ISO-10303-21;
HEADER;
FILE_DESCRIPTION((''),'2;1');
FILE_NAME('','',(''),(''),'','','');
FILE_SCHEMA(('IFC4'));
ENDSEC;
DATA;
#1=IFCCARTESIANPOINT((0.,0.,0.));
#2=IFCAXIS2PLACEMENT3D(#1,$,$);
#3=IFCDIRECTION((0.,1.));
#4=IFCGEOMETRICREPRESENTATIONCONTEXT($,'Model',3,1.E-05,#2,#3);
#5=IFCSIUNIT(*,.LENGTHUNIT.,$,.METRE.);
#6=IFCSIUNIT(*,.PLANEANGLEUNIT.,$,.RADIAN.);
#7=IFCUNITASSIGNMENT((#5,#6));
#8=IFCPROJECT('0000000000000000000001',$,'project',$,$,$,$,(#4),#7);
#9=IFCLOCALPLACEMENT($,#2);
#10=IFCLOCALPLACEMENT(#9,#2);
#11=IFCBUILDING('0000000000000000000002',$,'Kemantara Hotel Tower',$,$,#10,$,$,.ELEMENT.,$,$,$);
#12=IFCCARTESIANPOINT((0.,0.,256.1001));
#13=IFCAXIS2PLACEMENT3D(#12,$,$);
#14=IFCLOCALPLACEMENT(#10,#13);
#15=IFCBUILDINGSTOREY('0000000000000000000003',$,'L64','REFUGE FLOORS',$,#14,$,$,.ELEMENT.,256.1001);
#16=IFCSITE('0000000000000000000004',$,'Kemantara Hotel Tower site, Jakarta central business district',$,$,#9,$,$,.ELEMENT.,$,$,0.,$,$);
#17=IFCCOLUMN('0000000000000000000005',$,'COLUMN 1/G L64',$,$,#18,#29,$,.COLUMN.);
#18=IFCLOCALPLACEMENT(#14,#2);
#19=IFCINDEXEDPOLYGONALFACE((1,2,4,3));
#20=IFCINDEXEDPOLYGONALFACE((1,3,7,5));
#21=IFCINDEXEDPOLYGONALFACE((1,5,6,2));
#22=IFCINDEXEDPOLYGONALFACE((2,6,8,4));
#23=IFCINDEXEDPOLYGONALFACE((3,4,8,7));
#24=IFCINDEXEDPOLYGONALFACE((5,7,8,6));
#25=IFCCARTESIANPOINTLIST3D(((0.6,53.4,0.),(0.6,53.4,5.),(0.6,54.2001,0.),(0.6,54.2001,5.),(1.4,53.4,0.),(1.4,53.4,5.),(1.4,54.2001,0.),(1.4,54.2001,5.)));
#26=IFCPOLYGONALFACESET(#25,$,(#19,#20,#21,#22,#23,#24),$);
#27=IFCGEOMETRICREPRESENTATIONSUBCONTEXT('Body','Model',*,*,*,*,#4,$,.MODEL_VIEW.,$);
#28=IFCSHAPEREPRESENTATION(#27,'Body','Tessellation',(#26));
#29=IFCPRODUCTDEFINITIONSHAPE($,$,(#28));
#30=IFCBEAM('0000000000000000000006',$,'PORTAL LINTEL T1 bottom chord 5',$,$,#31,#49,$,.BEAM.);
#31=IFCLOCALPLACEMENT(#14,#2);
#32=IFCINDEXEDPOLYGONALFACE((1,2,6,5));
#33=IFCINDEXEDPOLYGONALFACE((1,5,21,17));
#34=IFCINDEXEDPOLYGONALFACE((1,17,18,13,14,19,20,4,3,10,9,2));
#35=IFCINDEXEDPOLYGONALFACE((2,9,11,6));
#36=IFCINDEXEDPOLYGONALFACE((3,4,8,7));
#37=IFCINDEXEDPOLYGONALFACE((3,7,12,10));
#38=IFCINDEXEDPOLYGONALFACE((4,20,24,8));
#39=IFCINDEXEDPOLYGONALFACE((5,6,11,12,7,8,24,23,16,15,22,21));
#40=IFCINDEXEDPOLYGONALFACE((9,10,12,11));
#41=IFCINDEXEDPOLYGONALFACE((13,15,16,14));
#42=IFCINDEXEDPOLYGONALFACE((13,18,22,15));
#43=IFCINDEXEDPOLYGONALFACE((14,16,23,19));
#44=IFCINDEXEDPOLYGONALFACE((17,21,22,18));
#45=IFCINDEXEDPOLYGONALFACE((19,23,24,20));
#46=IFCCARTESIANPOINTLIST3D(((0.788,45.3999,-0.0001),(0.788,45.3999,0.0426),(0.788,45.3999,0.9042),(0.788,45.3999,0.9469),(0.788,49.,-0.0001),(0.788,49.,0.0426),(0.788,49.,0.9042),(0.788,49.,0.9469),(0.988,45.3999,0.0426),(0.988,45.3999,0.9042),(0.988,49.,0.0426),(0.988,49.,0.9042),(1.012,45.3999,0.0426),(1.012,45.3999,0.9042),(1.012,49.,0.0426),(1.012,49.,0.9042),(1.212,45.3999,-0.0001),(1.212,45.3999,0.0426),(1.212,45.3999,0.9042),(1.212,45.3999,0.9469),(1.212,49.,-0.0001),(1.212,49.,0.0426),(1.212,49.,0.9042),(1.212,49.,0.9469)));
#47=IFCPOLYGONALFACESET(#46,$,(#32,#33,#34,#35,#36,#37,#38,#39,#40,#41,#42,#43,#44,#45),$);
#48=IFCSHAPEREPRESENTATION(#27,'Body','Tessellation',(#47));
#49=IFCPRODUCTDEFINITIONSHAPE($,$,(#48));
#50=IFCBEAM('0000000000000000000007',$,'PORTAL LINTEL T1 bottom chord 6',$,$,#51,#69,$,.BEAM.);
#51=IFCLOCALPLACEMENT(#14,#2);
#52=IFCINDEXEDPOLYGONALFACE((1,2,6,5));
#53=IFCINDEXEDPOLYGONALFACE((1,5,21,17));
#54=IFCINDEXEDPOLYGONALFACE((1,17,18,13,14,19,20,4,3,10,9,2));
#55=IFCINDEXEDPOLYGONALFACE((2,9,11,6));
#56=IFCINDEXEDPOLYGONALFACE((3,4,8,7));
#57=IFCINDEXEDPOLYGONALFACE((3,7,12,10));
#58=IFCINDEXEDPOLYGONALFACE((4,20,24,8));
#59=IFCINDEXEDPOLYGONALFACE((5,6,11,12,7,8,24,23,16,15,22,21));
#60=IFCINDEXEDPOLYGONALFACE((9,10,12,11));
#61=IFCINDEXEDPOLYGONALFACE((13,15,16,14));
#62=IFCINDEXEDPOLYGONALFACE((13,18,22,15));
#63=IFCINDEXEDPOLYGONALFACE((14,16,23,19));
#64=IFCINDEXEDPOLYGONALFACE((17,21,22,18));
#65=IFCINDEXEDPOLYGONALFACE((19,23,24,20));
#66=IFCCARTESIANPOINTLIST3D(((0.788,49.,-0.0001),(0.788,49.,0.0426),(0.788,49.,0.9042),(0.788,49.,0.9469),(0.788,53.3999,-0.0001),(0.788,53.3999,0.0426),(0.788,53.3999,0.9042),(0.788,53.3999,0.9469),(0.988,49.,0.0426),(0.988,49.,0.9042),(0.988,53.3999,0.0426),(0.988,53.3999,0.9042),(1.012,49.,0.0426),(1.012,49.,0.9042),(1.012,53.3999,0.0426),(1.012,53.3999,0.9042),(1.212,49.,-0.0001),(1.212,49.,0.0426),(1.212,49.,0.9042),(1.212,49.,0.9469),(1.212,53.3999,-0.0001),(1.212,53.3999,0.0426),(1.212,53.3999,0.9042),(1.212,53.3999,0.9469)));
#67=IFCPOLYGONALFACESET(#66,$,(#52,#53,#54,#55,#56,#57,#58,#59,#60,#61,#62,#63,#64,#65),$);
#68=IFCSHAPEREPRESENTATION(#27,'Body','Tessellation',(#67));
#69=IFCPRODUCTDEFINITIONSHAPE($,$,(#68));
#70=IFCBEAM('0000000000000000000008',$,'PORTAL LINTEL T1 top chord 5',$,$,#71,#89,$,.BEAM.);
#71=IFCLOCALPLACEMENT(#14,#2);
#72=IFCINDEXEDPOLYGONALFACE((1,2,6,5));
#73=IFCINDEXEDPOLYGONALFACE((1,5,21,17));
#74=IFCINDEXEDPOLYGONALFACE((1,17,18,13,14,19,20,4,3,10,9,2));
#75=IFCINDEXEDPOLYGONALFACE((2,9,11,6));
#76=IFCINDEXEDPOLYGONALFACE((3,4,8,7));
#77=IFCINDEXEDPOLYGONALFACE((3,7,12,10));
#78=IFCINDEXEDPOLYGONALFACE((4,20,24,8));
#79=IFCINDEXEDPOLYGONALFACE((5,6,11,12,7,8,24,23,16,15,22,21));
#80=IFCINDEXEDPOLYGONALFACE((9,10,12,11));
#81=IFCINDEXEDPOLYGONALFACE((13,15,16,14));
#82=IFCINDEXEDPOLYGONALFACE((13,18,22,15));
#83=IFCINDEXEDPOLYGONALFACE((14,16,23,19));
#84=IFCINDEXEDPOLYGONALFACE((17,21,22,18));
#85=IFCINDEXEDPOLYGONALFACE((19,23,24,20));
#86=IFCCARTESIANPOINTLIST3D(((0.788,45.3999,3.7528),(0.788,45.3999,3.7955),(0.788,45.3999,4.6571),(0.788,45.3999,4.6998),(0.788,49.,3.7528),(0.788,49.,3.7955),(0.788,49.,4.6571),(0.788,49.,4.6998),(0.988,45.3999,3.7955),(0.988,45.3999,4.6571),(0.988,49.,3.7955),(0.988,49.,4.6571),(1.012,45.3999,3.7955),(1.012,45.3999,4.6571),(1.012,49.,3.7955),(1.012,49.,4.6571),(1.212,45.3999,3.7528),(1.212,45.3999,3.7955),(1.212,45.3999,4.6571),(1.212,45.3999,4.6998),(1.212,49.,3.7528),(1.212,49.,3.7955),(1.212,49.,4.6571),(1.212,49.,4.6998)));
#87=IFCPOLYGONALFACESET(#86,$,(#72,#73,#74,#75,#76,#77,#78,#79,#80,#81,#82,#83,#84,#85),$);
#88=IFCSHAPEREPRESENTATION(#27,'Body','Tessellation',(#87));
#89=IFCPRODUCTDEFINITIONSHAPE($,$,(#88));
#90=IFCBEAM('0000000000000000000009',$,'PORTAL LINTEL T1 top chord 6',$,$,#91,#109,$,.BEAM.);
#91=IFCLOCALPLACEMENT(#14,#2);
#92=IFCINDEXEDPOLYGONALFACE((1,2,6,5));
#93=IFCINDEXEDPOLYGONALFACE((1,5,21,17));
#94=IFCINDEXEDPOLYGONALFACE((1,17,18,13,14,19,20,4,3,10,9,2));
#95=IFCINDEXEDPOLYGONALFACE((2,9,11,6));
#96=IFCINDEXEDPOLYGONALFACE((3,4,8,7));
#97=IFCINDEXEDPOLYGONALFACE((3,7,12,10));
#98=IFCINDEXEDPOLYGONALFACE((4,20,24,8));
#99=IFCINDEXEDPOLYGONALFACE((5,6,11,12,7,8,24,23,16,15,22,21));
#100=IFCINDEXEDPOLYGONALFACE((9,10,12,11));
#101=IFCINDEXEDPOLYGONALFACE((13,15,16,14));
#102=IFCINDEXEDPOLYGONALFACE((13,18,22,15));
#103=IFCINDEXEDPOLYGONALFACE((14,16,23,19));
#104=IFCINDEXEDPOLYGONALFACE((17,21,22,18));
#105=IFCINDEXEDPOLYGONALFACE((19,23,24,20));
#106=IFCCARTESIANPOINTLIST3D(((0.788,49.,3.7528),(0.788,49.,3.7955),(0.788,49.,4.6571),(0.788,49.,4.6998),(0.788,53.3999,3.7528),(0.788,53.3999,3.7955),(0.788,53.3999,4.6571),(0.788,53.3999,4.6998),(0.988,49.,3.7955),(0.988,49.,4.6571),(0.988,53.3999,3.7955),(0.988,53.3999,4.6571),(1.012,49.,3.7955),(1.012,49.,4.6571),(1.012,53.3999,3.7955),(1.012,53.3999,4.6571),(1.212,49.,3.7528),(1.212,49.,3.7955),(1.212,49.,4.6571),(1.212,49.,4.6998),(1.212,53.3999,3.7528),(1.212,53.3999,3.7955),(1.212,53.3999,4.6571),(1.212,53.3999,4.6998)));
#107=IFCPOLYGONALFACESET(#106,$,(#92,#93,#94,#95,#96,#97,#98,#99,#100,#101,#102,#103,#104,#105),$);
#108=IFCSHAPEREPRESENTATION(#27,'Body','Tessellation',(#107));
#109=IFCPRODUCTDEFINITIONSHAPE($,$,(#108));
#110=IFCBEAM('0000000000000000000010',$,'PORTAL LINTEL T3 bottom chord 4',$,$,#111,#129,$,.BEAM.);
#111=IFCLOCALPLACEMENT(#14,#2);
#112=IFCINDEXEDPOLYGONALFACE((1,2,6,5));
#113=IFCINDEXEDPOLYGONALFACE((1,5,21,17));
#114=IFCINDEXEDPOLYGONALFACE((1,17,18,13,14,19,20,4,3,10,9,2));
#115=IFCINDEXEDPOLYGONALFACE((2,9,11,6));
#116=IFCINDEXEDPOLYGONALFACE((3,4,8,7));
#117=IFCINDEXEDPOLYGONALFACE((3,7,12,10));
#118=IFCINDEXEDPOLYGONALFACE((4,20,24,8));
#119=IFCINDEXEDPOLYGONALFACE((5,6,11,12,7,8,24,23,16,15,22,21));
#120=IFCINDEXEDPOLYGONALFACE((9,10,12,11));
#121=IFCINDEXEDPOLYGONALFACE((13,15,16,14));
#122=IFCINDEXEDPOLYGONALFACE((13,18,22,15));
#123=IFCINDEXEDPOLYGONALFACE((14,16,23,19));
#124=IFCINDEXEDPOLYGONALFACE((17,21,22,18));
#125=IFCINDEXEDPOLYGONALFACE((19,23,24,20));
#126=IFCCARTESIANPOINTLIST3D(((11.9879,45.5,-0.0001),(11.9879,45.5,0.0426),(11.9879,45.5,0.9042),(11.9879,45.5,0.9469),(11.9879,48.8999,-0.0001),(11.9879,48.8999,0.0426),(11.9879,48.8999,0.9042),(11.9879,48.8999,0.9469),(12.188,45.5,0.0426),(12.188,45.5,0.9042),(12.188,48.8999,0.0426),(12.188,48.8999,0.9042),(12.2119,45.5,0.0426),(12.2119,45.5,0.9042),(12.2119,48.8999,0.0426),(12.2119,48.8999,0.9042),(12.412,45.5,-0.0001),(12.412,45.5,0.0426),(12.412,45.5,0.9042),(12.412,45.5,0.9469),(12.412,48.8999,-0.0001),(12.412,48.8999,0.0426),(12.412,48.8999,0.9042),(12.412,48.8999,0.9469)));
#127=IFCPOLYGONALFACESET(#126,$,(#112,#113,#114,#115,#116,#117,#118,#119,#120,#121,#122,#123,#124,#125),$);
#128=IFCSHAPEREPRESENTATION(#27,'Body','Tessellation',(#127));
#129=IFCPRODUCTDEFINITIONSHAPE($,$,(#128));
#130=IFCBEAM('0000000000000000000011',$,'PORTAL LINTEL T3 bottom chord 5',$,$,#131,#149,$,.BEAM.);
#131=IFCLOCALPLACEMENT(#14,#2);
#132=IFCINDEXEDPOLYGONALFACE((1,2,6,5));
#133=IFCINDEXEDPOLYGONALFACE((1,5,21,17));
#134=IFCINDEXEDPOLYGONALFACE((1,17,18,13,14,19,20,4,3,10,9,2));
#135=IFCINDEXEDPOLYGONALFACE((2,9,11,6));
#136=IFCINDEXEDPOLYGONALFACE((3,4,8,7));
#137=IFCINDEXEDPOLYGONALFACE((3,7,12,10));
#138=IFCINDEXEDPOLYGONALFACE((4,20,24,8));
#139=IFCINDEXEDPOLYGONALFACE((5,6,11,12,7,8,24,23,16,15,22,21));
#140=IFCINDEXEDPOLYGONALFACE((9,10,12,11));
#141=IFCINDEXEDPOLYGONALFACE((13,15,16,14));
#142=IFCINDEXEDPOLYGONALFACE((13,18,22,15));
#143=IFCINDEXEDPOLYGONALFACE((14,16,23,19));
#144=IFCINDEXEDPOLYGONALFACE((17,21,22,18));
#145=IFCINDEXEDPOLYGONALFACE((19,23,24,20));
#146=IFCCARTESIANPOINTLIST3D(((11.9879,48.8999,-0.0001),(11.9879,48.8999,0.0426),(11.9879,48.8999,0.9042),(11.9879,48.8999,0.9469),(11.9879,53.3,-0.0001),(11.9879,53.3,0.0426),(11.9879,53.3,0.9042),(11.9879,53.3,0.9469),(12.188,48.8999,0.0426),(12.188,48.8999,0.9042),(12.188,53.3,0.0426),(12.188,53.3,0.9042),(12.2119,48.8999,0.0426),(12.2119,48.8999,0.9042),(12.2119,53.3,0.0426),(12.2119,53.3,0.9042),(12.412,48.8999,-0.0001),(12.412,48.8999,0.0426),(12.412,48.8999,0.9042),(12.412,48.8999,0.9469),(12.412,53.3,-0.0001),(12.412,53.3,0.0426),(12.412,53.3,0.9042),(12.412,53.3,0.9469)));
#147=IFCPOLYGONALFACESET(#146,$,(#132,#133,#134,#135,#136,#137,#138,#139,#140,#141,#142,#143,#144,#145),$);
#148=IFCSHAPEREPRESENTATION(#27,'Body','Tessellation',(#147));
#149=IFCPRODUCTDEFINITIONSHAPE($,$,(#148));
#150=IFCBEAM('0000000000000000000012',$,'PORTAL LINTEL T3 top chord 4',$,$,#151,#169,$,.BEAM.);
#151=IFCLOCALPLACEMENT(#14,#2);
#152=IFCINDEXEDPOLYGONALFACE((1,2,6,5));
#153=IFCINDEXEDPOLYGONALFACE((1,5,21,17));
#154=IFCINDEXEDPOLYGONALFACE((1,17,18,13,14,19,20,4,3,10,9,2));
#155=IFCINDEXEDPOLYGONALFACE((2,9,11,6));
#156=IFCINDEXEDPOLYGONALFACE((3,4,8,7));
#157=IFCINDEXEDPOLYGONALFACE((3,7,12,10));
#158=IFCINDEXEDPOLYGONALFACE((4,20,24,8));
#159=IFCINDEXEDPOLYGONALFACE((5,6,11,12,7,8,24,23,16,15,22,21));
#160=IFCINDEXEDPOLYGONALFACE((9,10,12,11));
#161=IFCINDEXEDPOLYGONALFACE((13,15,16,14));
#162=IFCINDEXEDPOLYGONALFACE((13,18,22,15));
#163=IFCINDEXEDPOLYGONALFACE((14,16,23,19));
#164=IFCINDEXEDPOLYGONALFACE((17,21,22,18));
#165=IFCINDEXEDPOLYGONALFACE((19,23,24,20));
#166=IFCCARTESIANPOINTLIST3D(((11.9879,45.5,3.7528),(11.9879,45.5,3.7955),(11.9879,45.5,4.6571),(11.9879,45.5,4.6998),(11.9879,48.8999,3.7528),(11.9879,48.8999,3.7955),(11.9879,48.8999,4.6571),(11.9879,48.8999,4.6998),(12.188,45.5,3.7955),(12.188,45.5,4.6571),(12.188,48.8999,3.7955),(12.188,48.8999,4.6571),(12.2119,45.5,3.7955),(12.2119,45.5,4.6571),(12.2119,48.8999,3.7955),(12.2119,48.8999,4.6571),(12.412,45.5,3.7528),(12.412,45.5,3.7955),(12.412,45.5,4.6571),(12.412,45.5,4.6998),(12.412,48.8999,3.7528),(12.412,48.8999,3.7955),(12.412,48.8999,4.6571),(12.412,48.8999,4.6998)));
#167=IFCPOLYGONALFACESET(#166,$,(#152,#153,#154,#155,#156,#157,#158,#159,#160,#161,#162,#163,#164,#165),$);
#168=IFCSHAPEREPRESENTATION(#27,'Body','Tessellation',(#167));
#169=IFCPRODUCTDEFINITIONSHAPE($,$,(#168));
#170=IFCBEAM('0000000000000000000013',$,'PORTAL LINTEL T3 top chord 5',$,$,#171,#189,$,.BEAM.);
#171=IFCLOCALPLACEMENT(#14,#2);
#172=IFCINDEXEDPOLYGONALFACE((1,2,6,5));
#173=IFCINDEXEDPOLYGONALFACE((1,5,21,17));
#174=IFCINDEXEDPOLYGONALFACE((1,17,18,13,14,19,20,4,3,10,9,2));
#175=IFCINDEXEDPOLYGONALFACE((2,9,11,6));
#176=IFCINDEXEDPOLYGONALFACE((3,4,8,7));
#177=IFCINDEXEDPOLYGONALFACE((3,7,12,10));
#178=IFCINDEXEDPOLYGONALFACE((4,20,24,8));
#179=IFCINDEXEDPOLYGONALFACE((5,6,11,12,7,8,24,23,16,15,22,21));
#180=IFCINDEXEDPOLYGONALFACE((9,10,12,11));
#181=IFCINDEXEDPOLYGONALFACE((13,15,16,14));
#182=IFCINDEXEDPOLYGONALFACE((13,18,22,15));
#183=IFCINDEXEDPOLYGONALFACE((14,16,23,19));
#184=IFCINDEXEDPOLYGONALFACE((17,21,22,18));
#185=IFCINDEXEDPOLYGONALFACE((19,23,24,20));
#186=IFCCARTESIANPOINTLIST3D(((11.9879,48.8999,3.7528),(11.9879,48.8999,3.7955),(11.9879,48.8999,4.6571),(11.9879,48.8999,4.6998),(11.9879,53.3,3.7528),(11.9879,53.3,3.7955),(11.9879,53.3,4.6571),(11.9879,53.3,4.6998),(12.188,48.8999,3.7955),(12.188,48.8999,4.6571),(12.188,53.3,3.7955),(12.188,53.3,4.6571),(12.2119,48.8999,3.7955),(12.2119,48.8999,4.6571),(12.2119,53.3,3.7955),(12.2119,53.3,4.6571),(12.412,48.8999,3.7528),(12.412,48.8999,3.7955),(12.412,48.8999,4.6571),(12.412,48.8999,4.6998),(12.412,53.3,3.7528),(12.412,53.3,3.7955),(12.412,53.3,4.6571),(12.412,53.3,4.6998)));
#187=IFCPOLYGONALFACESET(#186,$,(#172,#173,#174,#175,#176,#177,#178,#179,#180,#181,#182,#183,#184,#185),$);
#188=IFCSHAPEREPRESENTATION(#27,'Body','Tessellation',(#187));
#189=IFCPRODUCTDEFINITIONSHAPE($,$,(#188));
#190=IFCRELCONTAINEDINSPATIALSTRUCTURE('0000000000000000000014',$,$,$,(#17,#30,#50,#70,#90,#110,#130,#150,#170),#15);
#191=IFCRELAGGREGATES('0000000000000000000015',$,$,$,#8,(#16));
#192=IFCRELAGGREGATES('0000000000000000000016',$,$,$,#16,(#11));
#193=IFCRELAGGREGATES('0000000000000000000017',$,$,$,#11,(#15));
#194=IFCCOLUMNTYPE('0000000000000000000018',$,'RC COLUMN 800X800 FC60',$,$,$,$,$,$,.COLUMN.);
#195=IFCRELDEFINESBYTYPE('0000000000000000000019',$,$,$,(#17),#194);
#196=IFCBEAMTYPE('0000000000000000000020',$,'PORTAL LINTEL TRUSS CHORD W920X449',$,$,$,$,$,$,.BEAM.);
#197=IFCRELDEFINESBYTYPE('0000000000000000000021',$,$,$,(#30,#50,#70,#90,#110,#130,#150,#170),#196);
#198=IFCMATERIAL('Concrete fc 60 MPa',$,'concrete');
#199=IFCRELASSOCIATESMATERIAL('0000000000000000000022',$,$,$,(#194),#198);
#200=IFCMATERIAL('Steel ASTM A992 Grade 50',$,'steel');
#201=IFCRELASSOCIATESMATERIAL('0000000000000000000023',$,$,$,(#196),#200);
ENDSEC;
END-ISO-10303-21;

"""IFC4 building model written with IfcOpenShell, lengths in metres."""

from ifc_helpers import new_model, si_unit, direction, frame, origin, origin_2d, place, context, subcontext, project, spatial, rectangle, i_section, extrude, material, material_profile, profile_set, type_object, element, save


model = new_model("IFC4")

# Units and contexts
model_context = context("Model", 3, precision=1e-05, world=origin(), true_north=direction((0.0, 1.0)))
body_context = subcontext(model_context, "Body", "Model", "MODEL_VIEW")
ifc_project = project(units=[si_unit("LENGTHUNIT", "METRE"), si_unit("PLANEANGLEUNIT", "RADIAN")], contexts=[model_context])

# Site, building, storey
site_placement = place(None, origin())
site = spatial("IfcSite", under=ifc_project, at=site_placement, Name="Kemantara Hotel Tower site, Jakarta central business district", CompositionType="ELEMENT", RefElevation=0.0)
building_placement = place(site_placement, origin())
building = spatial("IfcBuilding", under=site, at=building_placement, Name="Kemantara Hotel Tower", CompositionType="ELEMENT")
storey_placement = place(building_placement, frame((0.0, 0.0, 256.1001)))
storey = spatial("IfcBuildingStorey", under=building, at=storey_placement, Name="L64", Description="REFUGE FLOORS", CompositionType="ELEMENT", Elevation=256.1001)

# Column
ifc_material_1 = material(Name="Concrete fc 60 MPa", Category="concrete")
ifc_material_profile_1 = material_profile(ifc_material_1, rectangle(XDim=0.8, YDim=0.8, at=origin_2d()), Name="RC 800X800")
ifc_profile_set_1 = profile_set([ifc_material_profile_1], Name="Concrete fc 60 MPa")
column_type = type_object("IfcColumnType", Name="RC COLUMN 800X800 FC60", PredefinedType="COLUMN", material=ifc_profile_set_1)
column_placement = place(storey_placement, frame((1.0, 53.8, 0.0), z_axis=(0.0, 0.0, 1.0), x_axis=(1.0, 0.0, 0.0)))
element("IfcColumn", 1, at=column_placement, inside=storey, type_object=column_type, Name="COLUMN 1/G L64", PredefinedType="COLUMN", context=body_context, shape_type="SweptSolid", body=[
    extrude(rectangle(XDim=0.8, YDim=0.8, at=origin_2d()), origin(), (0.0, 0.0, 1.0), 5.0),
])

# Beams
ifc_material_2 = material(Name="Steel ASTM A992 Grade 50", Category="steel")
ifc_material_profile_2 = material_profile(ifc_material_2, i_section(OverallWidth=0.4241, OverallDepth=0.947, WebThickness=0.0239, FlangeThickness=0.0427, at=origin_2d()), Name="W920X449")
ifc_profile_set_2 = profile_set([ifc_material_profile_2], Name="Steel ASTM A992 Grade 50")
beam_type = type_object("IfcBeamType", Name="PORTAL LINTEL TRUSS CHORD W920X449", PredefinedType="BEAM", material=ifc_profile_set_2)
beam_1_placement = place(storey_placement, frame((1.0, 45.3999, 0.4734), z_axis=(0.0, 1.0, 0.0), x_axis=(-1.0, 0.0, 0.0)))
element("IfcBeam", 2, at=beam_1_placement, inside=storey, type_object=beam_type, Name="PORTAL LINTEL T1 bottom chord 5", PredefinedType="BEAM", context=body_context, shape_type="SweptSolid", body=[
    extrude(i_section(OverallWidth=0.4241, OverallDepth=0.947, WebThickness=0.0239, FlangeThickness=0.0427, at=origin_2d()), origin(), (0.0, 0.0, 1.0), 3.6001),
])
beam_2_placement = place(storey_placement, frame((1.0, 49.0, 0.4734), z_axis=(0.0, 1.0, 0.0), x_axis=(-1.0, 0.0, 0.0)))
element("IfcBeam", 3, at=beam_2_placement, inside=storey, type_object=beam_type, Name="PORTAL LINTEL T1 bottom chord 6", PredefinedType="BEAM", context=body_context, shape_type="SweptSolid", body=[
    extrude(i_section(OverallWidth=0.4241, OverallDepth=0.947, WebThickness=0.0239, FlangeThickness=0.0427, at=origin_2d()), origin(), (0.0, 0.0, 1.0), 4.3999),
])
beam_3_placement = place(storey_placement, frame((1.0, 45.3999, 4.2263), z_axis=(0.0, 1.0, 0.0), x_axis=(-1.0, 0.0, 0.0)))
element("IfcBeam", 4, at=beam_3_placement, inside=storey, type_object=beam_type, Name="PORTAL LINTEL T1 top chord 5", PredefinedType="BEAM", context=body_context, shape_type="SweptSolid", body=[
    extrude(i_section(OverallWidth=0.4241, OverallDepth=0.947, WebThickness=0.0239, FlangeThickness=0.0427, at=origin_2d()), origin(), (0.0, 0.0, 1.0), 3.6001),
])
beam_4_placement = place(storey_placement, frame((1.0, 49.0, 4.2263), z_axis=(0.0, 1.0, 0.0), x_axis=(-1.0, 0.0, 0.0)))
element("IfcBeam", 5, at=beam_4_placement, inside=storey, type_object=beam_type, Name="PORTAL LINTEL T1 top chord 6", PredefinedType="BEAM", context=body_context, shape_type="SweptSolid", body=[
    extrude(i_section(OverallWidth=0.4241, OverallDepth=0.947, WebThickness=0.0239, FlangeThickness=0.0427, at=origin_2d()), origin(), (0.0, 0.0, 1.0), 4.3999),
])
beam_5_placement = place(storey_placement, frame((12.2, 45.5, 0.4734), z_axis=(0.0, 1.0, 0.0), x_axis=(-1.0, 0.0, 0.0)))
element("IfcBeam", 6, at=beam_5_placement, inside=storey, type_object=beam_type, Name="PORTAL LINTEL T3 bottom chord 4", PredefinedType="BEAM", context=body_context, shape_type="SweptSolid", body=[
    extrude(i_section(OverallWidth=0.4241, OverallDepth=0.947, WebThickness=0.0239, FlangeThickness=0.0427, at=origin_2d()), origin(), (0.0, 0.0, 1.0), 3.3999),
])
beam_6_placement = place(storey_placement, frame((12.2, 48.8999, 0.4734), z_axis=(0.0, 1.0, 0.0), x_axis=(-1.0, 0.0, 0.0)))
element("IfcBeam", 7, at=beam_6_placement, inside=storey, type_object=beam_type, Name="PORTAL LINTEL T3 bottom chord 5", PredefinedType="BEAM", context=body_context, shape_type="SweptSolid", body=[
    extrude(i_section(OverallWidth=0.4241, OverallDepth=0.947, WebThickness=0.0239, FlangeThickness=0.0427, at=origin_2d()), origin(), (0.0, 0.0, 1.0), 4.4001),
])
beam_7_placement = place(storey_placement, frame((12.2, 45.5, 4.2263), z_axis=(0.0, 1.0, 0.0), x_axis=(-1.0, 0.0, 0.0)))
element("IfcBeam", 8, at=beam_7_placement, inside=storey, type_object=beam_type, Name="PORTAL LINTEL T3 top chord 4", PredefinedType="BEAM", context=body_context, shape_type="SweptSolid", body=[
    extrude(i_section(OverallWidth=0.4241, OverallDepth=0.947, WebThickness=0.0239, FlangeThickness=0.0427, at=origin_2d()), origin(), (0.0, 0.0, 1.0), 3.3999),
])
beam_8_placement = place(storey_placement, frame((12.2, 48.8999, 4.2263), z_axis=(0.0, 1.0, 0.0), x_axis=(-1.0, 0.0, 0.0)))
element("IfcBeam", 9, at=beam_8_placement, inside=storey, type_object=beam_type, Name="PORTAL LINTEL T3 top chord 5", PredefinedType="BEAM", context=body_context, shape_type="SweptSolid", body=[
    extrude(i_section(OverallWidth=0.4241, OverallDepth=0.947, WebThickness=0.0239, FlangeThickness=0.0427, at=origin_2d()), origin(), (0.0, 0.0, 1.0), 4.4001),
])

save(model, "model.ifc")
